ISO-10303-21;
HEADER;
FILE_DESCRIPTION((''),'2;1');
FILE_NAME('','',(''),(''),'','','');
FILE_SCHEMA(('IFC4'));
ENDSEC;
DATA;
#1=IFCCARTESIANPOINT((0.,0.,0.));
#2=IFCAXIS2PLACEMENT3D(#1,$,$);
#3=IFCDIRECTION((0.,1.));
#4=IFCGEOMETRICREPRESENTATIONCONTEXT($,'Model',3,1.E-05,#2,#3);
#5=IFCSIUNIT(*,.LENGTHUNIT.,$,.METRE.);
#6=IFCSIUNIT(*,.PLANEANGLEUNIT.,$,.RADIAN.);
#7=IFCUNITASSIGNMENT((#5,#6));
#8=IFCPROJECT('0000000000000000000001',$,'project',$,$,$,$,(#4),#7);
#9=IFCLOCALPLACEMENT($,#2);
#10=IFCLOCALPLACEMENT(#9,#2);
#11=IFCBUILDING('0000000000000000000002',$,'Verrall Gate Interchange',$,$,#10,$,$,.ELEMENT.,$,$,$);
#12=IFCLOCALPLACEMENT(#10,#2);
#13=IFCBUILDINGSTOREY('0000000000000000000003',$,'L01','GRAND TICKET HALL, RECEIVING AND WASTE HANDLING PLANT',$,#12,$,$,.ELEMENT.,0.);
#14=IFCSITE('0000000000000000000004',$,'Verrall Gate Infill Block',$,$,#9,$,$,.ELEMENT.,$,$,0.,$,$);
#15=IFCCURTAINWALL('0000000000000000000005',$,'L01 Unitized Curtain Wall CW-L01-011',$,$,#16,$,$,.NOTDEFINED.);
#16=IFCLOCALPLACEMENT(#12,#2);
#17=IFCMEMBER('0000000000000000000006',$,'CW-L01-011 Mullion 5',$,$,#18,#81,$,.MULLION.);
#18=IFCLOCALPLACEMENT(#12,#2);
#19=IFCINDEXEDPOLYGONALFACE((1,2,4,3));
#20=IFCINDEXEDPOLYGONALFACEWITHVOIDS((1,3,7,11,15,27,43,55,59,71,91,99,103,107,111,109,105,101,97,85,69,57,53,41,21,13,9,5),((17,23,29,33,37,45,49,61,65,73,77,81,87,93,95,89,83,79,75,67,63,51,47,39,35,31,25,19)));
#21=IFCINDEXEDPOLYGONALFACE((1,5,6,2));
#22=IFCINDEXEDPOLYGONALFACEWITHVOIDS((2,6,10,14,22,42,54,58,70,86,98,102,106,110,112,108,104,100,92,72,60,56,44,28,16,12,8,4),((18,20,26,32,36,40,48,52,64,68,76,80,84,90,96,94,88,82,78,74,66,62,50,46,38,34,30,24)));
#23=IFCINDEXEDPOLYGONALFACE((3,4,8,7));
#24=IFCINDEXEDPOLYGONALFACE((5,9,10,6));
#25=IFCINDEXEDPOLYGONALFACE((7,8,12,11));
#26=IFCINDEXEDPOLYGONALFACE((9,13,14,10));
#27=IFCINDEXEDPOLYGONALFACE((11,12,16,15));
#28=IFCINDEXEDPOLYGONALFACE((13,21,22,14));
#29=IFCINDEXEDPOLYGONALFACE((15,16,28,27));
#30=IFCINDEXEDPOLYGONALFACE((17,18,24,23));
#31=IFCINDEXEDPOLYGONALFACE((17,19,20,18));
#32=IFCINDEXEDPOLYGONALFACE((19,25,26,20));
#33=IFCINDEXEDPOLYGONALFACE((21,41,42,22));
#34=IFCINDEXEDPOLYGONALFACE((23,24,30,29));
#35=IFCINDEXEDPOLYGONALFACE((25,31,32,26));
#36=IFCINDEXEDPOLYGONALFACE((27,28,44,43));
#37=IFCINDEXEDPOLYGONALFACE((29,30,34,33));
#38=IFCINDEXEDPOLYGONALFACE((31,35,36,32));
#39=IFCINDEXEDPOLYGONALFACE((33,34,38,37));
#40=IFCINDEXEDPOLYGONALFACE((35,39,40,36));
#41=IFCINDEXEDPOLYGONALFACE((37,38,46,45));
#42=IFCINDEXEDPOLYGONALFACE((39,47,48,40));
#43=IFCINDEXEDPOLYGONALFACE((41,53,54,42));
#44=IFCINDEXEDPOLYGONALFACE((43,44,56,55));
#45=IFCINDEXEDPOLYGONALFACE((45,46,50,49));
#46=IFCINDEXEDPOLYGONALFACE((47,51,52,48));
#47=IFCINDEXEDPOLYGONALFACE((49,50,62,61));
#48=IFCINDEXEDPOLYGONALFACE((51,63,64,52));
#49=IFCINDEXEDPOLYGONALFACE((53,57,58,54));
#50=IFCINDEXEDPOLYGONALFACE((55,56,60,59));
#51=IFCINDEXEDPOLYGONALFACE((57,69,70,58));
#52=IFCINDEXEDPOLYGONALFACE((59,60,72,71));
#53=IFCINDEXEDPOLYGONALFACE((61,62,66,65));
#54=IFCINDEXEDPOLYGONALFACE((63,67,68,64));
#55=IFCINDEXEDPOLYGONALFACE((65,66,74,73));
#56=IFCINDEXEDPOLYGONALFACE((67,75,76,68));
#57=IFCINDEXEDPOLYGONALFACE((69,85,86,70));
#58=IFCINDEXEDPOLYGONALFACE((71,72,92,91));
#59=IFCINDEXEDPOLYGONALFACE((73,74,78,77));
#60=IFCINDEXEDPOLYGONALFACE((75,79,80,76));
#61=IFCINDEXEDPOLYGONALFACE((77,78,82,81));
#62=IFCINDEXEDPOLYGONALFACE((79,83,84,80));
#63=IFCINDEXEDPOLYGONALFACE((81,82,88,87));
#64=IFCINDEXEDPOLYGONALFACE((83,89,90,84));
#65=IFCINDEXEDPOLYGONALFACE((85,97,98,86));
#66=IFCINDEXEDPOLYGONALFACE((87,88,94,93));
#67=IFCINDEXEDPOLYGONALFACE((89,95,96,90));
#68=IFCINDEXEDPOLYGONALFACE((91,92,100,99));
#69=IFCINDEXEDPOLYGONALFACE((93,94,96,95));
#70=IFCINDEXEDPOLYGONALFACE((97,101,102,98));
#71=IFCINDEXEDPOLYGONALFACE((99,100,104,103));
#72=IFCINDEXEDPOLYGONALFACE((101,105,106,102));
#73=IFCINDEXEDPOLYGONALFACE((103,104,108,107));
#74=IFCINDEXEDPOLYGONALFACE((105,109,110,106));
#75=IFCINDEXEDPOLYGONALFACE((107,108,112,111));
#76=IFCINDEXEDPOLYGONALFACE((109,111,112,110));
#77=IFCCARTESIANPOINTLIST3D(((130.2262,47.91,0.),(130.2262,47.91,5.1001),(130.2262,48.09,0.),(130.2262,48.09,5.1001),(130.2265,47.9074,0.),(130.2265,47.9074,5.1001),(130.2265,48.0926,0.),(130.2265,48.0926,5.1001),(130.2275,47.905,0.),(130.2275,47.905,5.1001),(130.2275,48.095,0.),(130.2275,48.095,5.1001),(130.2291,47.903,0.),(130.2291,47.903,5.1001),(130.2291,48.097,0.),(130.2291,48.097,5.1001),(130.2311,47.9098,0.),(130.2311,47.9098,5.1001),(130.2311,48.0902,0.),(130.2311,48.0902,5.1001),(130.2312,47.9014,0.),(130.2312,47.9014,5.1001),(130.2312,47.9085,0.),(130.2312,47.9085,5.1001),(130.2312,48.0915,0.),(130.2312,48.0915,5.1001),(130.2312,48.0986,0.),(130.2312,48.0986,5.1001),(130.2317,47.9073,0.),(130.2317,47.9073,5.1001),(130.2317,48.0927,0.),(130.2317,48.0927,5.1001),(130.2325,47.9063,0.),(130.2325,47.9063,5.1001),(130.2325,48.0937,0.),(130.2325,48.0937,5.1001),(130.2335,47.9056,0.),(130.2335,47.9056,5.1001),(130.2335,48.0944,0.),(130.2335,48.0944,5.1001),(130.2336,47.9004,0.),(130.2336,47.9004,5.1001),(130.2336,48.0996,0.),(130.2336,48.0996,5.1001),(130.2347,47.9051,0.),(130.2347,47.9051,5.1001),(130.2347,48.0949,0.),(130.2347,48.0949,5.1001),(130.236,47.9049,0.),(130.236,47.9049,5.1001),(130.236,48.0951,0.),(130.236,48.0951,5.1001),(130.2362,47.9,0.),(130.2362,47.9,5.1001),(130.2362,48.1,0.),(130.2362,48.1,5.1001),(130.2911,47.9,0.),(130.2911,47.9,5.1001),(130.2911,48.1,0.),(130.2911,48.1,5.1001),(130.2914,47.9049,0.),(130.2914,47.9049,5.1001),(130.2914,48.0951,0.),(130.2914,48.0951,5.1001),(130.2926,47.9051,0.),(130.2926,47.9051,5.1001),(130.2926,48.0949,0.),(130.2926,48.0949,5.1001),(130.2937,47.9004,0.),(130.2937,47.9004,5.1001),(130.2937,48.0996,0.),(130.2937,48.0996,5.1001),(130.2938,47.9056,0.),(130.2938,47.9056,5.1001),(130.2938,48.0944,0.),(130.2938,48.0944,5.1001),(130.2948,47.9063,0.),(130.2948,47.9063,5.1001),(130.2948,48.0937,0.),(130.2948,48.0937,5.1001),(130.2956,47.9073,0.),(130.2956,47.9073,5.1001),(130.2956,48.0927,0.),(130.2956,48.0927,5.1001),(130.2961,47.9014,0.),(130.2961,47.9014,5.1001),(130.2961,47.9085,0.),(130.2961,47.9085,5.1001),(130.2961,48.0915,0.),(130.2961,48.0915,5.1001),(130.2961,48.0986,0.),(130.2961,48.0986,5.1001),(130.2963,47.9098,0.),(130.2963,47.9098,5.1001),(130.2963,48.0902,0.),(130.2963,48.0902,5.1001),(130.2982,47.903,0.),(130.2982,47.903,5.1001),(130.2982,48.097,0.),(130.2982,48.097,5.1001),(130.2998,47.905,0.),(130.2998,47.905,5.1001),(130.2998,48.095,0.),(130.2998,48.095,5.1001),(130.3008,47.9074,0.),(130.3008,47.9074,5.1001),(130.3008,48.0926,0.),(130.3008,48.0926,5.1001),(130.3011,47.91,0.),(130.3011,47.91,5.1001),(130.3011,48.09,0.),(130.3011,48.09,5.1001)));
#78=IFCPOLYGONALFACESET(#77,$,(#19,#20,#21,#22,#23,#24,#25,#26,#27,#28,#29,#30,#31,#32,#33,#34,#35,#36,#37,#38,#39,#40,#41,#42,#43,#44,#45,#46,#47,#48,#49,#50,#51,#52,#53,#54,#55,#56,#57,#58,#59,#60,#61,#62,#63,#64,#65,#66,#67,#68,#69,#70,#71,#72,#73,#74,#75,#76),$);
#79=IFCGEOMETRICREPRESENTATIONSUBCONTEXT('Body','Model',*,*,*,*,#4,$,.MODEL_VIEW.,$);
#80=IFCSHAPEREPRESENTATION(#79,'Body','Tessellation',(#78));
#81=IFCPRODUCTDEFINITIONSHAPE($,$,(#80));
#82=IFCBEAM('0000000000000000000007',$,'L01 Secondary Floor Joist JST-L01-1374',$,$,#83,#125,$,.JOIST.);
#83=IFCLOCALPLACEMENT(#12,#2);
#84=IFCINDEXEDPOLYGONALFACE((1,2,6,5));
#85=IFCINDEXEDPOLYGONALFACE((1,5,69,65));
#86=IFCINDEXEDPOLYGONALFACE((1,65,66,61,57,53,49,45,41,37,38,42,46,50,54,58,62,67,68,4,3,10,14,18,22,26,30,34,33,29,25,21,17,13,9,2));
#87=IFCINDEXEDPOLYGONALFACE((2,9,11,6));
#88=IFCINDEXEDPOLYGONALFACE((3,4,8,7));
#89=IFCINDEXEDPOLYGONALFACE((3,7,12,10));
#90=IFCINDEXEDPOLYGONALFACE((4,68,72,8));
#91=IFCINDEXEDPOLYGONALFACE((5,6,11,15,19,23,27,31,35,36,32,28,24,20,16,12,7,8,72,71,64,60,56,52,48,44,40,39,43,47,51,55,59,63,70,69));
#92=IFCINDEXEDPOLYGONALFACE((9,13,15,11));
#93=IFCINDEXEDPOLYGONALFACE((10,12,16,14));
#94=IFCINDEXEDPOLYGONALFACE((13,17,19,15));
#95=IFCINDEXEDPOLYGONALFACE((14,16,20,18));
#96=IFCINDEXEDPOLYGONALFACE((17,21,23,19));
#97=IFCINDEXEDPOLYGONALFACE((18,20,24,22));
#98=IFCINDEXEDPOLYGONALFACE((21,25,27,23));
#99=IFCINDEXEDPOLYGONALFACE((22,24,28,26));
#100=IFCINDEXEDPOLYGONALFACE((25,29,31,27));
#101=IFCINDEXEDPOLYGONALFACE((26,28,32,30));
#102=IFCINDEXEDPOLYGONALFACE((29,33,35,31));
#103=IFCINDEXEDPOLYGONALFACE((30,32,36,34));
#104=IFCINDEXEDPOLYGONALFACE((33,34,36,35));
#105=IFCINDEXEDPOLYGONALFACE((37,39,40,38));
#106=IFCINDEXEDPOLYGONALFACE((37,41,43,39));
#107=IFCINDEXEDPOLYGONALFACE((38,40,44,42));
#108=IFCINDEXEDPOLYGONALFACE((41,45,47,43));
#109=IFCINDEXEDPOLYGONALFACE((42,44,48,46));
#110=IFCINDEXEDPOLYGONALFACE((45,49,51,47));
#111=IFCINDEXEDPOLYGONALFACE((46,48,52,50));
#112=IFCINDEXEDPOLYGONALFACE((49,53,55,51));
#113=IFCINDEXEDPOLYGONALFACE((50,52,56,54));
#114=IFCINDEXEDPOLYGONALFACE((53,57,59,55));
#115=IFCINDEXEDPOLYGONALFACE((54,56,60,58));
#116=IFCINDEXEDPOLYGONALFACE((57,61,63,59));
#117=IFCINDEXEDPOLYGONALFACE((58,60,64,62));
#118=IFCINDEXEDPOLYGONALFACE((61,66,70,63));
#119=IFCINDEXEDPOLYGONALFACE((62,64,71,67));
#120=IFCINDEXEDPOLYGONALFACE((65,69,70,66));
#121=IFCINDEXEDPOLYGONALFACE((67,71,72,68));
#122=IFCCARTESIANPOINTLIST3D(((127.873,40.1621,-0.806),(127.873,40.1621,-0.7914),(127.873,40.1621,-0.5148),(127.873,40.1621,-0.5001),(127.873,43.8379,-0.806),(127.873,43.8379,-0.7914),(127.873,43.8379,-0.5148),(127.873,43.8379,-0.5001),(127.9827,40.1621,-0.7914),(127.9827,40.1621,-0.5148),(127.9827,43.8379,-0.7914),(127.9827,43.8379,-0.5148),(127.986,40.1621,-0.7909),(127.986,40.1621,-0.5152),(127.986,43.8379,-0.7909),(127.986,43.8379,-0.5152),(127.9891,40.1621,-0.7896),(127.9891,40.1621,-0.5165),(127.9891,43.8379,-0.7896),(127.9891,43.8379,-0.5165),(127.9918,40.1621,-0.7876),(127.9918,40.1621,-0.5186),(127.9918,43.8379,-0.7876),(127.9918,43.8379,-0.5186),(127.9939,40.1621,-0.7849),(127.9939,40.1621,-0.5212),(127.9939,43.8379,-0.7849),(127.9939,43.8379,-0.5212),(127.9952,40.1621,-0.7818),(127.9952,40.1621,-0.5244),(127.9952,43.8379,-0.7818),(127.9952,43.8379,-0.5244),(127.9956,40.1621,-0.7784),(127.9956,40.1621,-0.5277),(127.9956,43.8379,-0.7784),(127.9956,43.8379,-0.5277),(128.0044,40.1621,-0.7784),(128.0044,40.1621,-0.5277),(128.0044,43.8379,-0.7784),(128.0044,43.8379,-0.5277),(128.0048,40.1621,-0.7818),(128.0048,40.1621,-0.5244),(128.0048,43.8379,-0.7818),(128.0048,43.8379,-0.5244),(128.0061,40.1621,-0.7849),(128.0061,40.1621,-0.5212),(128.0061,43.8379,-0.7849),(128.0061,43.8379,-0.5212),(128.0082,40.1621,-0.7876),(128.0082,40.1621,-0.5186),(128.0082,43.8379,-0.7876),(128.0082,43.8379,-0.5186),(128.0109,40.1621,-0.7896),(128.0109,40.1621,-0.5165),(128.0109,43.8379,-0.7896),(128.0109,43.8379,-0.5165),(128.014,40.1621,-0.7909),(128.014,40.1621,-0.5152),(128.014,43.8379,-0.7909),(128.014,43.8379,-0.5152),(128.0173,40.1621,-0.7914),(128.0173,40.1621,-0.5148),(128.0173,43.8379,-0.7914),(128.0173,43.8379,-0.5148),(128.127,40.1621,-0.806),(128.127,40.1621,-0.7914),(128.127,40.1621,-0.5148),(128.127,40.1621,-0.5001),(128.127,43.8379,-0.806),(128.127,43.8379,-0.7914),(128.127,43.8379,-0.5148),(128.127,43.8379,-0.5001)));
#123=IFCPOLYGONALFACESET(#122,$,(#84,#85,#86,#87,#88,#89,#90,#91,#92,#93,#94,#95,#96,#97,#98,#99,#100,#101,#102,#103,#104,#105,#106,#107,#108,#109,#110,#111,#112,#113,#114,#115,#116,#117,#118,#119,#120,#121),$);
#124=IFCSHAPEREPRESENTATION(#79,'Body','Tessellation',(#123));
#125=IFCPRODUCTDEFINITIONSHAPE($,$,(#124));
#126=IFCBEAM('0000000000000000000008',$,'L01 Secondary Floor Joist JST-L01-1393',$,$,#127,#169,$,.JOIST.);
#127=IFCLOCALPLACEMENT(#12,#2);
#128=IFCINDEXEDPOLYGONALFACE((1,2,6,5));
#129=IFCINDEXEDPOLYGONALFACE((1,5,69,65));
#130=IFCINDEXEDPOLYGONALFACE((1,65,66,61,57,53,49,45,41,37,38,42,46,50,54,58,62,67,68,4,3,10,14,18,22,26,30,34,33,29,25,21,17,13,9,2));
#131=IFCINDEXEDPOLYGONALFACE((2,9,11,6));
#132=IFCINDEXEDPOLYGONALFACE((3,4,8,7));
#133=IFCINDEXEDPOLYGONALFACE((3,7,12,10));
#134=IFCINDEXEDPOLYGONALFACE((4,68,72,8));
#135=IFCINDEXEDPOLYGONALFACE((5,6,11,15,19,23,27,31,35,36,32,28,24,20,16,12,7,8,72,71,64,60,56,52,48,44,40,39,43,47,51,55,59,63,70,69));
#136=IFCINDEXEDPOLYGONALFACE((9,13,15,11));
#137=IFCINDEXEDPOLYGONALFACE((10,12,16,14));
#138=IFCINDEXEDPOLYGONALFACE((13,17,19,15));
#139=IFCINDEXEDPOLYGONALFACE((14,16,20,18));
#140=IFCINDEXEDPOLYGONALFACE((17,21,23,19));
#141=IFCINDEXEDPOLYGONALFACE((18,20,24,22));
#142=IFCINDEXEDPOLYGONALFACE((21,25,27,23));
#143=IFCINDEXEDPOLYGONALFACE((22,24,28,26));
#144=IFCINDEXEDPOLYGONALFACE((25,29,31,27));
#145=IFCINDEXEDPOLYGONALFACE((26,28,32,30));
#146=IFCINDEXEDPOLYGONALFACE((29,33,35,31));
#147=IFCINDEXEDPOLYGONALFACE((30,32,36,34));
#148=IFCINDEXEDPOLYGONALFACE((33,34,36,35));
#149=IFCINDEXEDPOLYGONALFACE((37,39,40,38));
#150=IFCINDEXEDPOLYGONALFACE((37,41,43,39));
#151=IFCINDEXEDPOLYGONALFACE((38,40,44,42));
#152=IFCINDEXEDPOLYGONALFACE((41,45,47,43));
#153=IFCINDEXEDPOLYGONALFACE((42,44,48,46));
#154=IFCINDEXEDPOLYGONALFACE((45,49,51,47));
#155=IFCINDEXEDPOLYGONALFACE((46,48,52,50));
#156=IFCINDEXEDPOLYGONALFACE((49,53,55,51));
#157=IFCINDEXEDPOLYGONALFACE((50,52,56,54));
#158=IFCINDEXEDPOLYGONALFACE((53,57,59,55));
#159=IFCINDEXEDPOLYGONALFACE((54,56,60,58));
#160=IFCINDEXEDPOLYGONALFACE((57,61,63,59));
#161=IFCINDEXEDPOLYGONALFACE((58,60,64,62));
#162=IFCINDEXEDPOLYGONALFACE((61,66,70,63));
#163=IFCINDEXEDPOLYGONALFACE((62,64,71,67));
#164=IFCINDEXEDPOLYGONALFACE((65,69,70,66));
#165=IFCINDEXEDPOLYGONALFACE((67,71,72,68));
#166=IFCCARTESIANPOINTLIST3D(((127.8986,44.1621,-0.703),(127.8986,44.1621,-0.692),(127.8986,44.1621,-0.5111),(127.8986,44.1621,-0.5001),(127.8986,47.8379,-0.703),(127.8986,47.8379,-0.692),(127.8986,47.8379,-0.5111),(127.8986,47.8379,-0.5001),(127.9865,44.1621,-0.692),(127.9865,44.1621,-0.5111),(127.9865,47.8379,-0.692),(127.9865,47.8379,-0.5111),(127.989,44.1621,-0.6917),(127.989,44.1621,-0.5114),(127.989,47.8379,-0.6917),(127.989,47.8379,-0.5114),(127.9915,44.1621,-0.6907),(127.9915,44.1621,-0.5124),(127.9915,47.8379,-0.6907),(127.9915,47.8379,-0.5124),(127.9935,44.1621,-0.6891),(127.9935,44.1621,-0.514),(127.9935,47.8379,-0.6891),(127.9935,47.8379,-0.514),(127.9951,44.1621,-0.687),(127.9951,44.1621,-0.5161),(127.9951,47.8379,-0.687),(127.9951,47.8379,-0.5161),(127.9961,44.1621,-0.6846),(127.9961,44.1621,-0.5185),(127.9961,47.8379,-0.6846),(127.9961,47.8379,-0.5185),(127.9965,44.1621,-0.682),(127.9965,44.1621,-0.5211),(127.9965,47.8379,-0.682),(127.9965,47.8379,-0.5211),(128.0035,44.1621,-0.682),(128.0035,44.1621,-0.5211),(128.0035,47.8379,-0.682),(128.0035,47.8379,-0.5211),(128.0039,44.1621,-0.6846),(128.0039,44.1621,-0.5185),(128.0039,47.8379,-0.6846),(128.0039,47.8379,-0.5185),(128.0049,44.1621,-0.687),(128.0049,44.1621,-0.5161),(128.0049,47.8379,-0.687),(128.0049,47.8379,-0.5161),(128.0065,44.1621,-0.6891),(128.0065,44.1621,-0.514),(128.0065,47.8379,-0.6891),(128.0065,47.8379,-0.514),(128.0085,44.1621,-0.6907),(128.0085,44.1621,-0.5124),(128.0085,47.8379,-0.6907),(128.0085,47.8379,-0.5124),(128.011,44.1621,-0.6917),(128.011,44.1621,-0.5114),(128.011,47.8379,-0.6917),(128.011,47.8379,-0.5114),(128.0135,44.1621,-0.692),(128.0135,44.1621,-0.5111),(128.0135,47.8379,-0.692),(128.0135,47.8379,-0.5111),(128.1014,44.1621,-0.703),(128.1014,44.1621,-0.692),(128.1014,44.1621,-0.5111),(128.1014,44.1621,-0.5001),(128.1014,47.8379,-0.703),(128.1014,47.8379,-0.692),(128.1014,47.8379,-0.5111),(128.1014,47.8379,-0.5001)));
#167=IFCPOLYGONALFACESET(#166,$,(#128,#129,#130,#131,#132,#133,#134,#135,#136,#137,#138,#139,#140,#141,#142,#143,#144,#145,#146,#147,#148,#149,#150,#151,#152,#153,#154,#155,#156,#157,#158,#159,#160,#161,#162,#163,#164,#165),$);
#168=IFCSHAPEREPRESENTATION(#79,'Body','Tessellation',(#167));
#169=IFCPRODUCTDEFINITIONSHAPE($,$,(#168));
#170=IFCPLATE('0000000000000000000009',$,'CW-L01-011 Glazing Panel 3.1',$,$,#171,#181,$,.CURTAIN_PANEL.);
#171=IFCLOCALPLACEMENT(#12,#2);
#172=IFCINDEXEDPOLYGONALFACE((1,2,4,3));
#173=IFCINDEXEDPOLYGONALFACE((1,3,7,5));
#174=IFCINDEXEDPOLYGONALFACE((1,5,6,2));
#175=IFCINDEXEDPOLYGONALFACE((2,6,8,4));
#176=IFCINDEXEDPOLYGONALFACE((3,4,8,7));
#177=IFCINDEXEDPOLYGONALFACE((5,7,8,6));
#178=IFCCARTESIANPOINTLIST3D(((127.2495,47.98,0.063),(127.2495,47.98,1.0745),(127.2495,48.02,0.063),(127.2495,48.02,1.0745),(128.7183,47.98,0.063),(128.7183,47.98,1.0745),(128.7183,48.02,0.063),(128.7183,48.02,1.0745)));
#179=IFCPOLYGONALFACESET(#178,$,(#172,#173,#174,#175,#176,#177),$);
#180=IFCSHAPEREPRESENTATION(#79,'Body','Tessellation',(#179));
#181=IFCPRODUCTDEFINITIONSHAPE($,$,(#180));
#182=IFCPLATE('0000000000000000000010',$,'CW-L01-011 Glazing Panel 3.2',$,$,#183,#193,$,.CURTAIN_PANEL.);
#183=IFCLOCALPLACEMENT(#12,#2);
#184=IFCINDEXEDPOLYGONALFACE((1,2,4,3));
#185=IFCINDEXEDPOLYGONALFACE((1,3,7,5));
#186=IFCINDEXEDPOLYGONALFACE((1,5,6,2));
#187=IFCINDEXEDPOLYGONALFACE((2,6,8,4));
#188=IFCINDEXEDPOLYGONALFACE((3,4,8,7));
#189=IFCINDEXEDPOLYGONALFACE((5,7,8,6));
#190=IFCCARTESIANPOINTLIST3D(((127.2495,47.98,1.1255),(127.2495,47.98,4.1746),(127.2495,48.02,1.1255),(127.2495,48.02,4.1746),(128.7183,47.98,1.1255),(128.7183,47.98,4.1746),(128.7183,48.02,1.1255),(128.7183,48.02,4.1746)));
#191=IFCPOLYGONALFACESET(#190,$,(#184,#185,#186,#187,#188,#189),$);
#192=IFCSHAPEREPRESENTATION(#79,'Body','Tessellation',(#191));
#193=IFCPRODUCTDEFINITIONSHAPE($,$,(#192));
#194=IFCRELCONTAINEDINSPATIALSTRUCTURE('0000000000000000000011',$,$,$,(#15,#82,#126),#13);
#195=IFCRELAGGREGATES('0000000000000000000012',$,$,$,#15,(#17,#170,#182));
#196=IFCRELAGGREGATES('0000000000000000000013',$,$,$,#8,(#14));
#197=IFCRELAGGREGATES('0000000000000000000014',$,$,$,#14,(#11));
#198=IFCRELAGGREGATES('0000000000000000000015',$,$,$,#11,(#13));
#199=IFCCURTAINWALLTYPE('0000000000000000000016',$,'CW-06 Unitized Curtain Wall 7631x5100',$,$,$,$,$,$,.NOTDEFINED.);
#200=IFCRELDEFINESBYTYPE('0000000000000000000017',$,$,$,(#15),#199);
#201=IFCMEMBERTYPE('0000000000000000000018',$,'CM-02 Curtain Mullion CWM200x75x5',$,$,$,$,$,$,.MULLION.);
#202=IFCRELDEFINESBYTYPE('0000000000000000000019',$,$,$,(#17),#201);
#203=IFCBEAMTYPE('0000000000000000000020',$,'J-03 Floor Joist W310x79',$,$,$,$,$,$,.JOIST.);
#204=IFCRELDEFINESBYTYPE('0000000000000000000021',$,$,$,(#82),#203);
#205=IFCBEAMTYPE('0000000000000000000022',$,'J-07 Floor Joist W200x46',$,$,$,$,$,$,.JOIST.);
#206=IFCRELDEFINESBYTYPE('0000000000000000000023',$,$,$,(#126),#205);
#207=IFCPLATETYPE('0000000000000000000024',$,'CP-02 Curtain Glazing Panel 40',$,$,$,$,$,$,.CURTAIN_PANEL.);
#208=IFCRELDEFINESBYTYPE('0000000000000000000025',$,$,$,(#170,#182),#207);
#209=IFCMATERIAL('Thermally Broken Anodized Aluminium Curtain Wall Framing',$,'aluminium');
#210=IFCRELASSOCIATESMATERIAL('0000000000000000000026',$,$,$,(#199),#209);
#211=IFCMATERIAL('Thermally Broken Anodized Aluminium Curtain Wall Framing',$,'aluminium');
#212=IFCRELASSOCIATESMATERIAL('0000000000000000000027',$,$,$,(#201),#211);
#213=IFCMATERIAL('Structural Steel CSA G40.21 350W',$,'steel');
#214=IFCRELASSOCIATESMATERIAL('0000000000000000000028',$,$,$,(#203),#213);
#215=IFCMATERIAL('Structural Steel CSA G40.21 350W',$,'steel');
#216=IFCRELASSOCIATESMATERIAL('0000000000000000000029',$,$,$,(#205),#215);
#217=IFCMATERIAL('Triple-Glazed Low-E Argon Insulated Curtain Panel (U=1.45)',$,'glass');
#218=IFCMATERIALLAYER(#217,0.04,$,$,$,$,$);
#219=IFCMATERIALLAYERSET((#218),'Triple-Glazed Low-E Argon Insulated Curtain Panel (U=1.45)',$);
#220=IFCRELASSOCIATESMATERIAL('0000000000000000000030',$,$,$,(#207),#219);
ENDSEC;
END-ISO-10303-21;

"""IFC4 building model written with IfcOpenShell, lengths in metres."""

from ifc_helpers import new_model, si_unit, direction, frame, origin, origin_2d, place, context, subcontext, project, spatial, rectangle, hollow_rectangle, i_section, extrude, material, layer, layer_set, material_profile, profile_set, type_object, element, aggregate, save


model = new_model("IFC4")

# Units and contexts
model_context = context("Model", 3, precision=1e-05, world=origin(), true_north=direction((0.0, 1.0)))
body_context = subcontext(model_context, "Body", "Model", "MODEL_VIEW")
ifc_project = project(units=[si_unit("LENGTHUNIT", "METRE"), si_unit("PLANEANGLEUNIT", "RADIAN")], contexts=[model_context])

# Site, building, storey
site_placement = place(None, origin())
site = spatial("IfcSite", under=ifc_project, at=site_placement, Name="Verrall Gate Infill Block", CompositionType="ELEMENT", RefElevation=0.0)
building_placement = place(site_placement, origin())
building = spatial("IfcBuilding", under=site, at=building_placement, Name="Verrall Gate Interchange", CompositionType="ELEMENT")
storey_placement = place(building_placement, origin())
storey = spatial("IfcBuildingStorey", under=building, at=storey_placement, Name="L01", Description="GRAND TICKET HALL, RECEIVING AND WASTE HANDLING PLANT", CompositionType="ELEMENT", Elevation=0.0)

# Curtain wall, member
ifc_material_1 = material(Name="Thermally Broken Anodized Aluminium Curtain Wall Framing", Category="aluminium")
curtain_wall_type_1 = type_object("IfcCurtainWallType", Name="CW-06 Unitized Curtain Wall 7631x5100", PredefinedType="NOTDEFINED", material=ifc_material_1)
curtain_wall_1_placement = place(storey_placement, origin())
curtain_wall_1 = element("IfcCurtainWall", 1, at=curtain_wall_1_placement, inside=storey, type_object=curtain_wall_type_1, Name="L01 Unitized Curtain Wall CW-L01-011", PredefinedType="NOTDEFINED")
ifc_material_2 = material(Name="Thermally Broken Anodized Aluminium Curtain Wall Framing", Category="aluminium")
ifc_material_profile_1 = material_profile(ifc_material_2, hollow_rectangle(XDim=0.075, YDim=0.2, WallThickness=0.0049, InnerFilletRadius=0.0049, OuterFilletRadius=0.01, at=origin_2d()), Name="CWM200x75x5")
ifc_profile_set_1 = profile_set([ifc_material_profile_1], Name="Thermally Broken Anodized Aluminium Curtain Wall Framing")
member_type_1 = type_object("IfcMemberType", Name="CM-02 Curtain Mullion CWM200x75x5", PredefinedType="MULLION", material=ifc_profile_set_1)
member_1_placement = place(storey_placement, frame((130.2637, 48.0, 0.0), z_axis=(0.0, 0.0, 1.0), x_axis=(1.0, 0.0, 0.0)))
member_1 = element("IfcMember", 2, at=member_1_placement, type_object=member_type_1, Name="CW-L01-011 Mullion 5", PredefinedType="MULLION", context=body_context, shape_type="SweptSolid", body=[
    extrude(hollow_rectangle(XDim=0.075, YDim=0.2, WallThickness=0.0049, InnerFilletRadius=0.0049, OuterFilletRadius=0.01, at=origin_2d()), origin(), (0.0, 0.0, 1.0), 5.1001),
])

# Beams
ifc_material_3 = material(Name="Structural Steel CSA G40.21 350W", Category="steel")
ifc_material_profile_2 = material_profile(ifc_material_3, i_section(OverallWidth=0.2539, OverallDepth=0.3059, WebThickness=0.0088, FlangeThickness=0.0146, FilletRadius=0.0129, at=origin_2d()), Name="W310x79")
ifc_profile_set_2 = profile_set([ifc_material_profile_2], Name="Structural Steel CSA G40.21 350W")
beam_type_1 = type_object("IfcBeamType", Name="J-03 Floor Joist W310x79", PredefinedType="JOIST", material=ifc_profile_set_2)
beam_1_placement = place(storey_placement, frame((128.0, 40.1621, -0.6531), z_axis=(0.0, 1.0, 0.0), x_axis=(-1.0, 0.0, 0.0)))
element("IfcBeam", 3, at=beam_1_placement, inside=storey, type_object=beam_type_1, Name="L01 Secondary Floor Joist JST-L01-1374", PredefinedType="JOIST", context=body_context, shape_type="SweptSolid", body=[
    extrude(i_section(OverallWidth=0.2539, OverallDepth=0.3059, WebThickness=0.0088, FlangeThickness=0.0146, FilletRadius=0.0129, at=origin_2d()), origin(), (0.0, 0.0, 1.0), 3.6758),
])
ifc_material_4 = material(Name="Structural Steel CSA G40.21 350W", Category="steel")
ifc_material_profile_3 = material_profile(ifc_material_4, i_section(OverallWidth=0.2029, OverallDepth=0.2029, WebThickness=0.0071, FlangeThickness=0.011, FilletRadius=0.01, at=origin_2d()), Name="W200x46")
ifc_profile_set_3 = profile_set([ifc_material_profile_3], Name="Structural Steel CSA G40.21 350W")
beam_type_2 = type_object("IfcBeamType", Name="J-07 Floor Joist W200x46", PredefinedType="JOIST", material=ifc_profile_set_3)
beam_2_placement = place(storey_placement, frame((128.0, 44.1621, -0.6016), z_axis=(0.0, 1.0, 0.0), x_axis=(-1.0, 0.0, 0.0)))
element("IfcBeam", 4, at=beam_2_placement, inside=storey, type_object=beam_type_2, Name="L01 Secondary Floor Joist JST-L01-1393", PredefinedType="JOIST", context=body_context, shape_type="SweptSolid", body=[
    extrude(i_section(OverallWidth=0.2029, OverallDepth=0.2029, WebThickness=0.0071, FlangeThickness=0.011, FilletRadius=0.01, at=origin_2d()), origin(), (0.0, 0.0, 1.0), 3.6758),
])

# Plates
ifc_material_5 = material(Name="Triple-Glazed Low-E Argon Insulated Curtain Panel (U=1.45)", Category="glass")
ifc_layer = layer(ifc_material_5, 0.04)
ifc_layer_set = layer_set([ifc_layer], Name="Triple-Glazed Low-E Argon Insulated Curtain Panel (U=1.45)")
plate_type = type_object("IfcPlateType", Name="CP-02 Curtain Glazing Panel 40", PredefinedType="CURTAIN_PANEL", material=ifc_layer_set)
plate_1_placement = place(storey_placement, frame((127.9839, 48.0, 0.063), z_axis=(0.0, 0.0, 1.0), x_axis=(1.0, 0.0, 0.0)))
plate_1 = element("IfcPlate", 5, at=plate_1_placement, type_object=plate_type, Name="CW-L01-011 Glazing Panel 3.1", PredefinedType="CURTAIN_PANEL", context=body_context, shape_type="SweptSolid", body=[
    extrude(rectangle(XDim=1.4688, YDim=0.04, at=origin_2d()), origin(), (0.0, 0.0, 1.0), 1.0115),
])
plate_2_placement = place(storey_placement, frame((127.9839, 48.0, 1.1255), z_axis=(0.0, 0.0, 1.0), x_axis=(1.0, 0.0, 0.0)))
plate_2 = element("IfcPlate", 6, at=plate_2_placement, type_object=plate_type, Name="CW-L01-011 Glazing Panel 3.2", PredefinedType="CURTAIN_PANEL", context=body_context, shape_type="SweptSolid", body=[
    extrude(rectangle(XDim=1.4688, YDim=0.04, at=origin_2d()), origin(), (0.0, 0.0, 1.0), 3.0491),
])
aggregate(curtain_wall_1, [member_1, plate_1, plate_2])

save(model, "model.ifc")
